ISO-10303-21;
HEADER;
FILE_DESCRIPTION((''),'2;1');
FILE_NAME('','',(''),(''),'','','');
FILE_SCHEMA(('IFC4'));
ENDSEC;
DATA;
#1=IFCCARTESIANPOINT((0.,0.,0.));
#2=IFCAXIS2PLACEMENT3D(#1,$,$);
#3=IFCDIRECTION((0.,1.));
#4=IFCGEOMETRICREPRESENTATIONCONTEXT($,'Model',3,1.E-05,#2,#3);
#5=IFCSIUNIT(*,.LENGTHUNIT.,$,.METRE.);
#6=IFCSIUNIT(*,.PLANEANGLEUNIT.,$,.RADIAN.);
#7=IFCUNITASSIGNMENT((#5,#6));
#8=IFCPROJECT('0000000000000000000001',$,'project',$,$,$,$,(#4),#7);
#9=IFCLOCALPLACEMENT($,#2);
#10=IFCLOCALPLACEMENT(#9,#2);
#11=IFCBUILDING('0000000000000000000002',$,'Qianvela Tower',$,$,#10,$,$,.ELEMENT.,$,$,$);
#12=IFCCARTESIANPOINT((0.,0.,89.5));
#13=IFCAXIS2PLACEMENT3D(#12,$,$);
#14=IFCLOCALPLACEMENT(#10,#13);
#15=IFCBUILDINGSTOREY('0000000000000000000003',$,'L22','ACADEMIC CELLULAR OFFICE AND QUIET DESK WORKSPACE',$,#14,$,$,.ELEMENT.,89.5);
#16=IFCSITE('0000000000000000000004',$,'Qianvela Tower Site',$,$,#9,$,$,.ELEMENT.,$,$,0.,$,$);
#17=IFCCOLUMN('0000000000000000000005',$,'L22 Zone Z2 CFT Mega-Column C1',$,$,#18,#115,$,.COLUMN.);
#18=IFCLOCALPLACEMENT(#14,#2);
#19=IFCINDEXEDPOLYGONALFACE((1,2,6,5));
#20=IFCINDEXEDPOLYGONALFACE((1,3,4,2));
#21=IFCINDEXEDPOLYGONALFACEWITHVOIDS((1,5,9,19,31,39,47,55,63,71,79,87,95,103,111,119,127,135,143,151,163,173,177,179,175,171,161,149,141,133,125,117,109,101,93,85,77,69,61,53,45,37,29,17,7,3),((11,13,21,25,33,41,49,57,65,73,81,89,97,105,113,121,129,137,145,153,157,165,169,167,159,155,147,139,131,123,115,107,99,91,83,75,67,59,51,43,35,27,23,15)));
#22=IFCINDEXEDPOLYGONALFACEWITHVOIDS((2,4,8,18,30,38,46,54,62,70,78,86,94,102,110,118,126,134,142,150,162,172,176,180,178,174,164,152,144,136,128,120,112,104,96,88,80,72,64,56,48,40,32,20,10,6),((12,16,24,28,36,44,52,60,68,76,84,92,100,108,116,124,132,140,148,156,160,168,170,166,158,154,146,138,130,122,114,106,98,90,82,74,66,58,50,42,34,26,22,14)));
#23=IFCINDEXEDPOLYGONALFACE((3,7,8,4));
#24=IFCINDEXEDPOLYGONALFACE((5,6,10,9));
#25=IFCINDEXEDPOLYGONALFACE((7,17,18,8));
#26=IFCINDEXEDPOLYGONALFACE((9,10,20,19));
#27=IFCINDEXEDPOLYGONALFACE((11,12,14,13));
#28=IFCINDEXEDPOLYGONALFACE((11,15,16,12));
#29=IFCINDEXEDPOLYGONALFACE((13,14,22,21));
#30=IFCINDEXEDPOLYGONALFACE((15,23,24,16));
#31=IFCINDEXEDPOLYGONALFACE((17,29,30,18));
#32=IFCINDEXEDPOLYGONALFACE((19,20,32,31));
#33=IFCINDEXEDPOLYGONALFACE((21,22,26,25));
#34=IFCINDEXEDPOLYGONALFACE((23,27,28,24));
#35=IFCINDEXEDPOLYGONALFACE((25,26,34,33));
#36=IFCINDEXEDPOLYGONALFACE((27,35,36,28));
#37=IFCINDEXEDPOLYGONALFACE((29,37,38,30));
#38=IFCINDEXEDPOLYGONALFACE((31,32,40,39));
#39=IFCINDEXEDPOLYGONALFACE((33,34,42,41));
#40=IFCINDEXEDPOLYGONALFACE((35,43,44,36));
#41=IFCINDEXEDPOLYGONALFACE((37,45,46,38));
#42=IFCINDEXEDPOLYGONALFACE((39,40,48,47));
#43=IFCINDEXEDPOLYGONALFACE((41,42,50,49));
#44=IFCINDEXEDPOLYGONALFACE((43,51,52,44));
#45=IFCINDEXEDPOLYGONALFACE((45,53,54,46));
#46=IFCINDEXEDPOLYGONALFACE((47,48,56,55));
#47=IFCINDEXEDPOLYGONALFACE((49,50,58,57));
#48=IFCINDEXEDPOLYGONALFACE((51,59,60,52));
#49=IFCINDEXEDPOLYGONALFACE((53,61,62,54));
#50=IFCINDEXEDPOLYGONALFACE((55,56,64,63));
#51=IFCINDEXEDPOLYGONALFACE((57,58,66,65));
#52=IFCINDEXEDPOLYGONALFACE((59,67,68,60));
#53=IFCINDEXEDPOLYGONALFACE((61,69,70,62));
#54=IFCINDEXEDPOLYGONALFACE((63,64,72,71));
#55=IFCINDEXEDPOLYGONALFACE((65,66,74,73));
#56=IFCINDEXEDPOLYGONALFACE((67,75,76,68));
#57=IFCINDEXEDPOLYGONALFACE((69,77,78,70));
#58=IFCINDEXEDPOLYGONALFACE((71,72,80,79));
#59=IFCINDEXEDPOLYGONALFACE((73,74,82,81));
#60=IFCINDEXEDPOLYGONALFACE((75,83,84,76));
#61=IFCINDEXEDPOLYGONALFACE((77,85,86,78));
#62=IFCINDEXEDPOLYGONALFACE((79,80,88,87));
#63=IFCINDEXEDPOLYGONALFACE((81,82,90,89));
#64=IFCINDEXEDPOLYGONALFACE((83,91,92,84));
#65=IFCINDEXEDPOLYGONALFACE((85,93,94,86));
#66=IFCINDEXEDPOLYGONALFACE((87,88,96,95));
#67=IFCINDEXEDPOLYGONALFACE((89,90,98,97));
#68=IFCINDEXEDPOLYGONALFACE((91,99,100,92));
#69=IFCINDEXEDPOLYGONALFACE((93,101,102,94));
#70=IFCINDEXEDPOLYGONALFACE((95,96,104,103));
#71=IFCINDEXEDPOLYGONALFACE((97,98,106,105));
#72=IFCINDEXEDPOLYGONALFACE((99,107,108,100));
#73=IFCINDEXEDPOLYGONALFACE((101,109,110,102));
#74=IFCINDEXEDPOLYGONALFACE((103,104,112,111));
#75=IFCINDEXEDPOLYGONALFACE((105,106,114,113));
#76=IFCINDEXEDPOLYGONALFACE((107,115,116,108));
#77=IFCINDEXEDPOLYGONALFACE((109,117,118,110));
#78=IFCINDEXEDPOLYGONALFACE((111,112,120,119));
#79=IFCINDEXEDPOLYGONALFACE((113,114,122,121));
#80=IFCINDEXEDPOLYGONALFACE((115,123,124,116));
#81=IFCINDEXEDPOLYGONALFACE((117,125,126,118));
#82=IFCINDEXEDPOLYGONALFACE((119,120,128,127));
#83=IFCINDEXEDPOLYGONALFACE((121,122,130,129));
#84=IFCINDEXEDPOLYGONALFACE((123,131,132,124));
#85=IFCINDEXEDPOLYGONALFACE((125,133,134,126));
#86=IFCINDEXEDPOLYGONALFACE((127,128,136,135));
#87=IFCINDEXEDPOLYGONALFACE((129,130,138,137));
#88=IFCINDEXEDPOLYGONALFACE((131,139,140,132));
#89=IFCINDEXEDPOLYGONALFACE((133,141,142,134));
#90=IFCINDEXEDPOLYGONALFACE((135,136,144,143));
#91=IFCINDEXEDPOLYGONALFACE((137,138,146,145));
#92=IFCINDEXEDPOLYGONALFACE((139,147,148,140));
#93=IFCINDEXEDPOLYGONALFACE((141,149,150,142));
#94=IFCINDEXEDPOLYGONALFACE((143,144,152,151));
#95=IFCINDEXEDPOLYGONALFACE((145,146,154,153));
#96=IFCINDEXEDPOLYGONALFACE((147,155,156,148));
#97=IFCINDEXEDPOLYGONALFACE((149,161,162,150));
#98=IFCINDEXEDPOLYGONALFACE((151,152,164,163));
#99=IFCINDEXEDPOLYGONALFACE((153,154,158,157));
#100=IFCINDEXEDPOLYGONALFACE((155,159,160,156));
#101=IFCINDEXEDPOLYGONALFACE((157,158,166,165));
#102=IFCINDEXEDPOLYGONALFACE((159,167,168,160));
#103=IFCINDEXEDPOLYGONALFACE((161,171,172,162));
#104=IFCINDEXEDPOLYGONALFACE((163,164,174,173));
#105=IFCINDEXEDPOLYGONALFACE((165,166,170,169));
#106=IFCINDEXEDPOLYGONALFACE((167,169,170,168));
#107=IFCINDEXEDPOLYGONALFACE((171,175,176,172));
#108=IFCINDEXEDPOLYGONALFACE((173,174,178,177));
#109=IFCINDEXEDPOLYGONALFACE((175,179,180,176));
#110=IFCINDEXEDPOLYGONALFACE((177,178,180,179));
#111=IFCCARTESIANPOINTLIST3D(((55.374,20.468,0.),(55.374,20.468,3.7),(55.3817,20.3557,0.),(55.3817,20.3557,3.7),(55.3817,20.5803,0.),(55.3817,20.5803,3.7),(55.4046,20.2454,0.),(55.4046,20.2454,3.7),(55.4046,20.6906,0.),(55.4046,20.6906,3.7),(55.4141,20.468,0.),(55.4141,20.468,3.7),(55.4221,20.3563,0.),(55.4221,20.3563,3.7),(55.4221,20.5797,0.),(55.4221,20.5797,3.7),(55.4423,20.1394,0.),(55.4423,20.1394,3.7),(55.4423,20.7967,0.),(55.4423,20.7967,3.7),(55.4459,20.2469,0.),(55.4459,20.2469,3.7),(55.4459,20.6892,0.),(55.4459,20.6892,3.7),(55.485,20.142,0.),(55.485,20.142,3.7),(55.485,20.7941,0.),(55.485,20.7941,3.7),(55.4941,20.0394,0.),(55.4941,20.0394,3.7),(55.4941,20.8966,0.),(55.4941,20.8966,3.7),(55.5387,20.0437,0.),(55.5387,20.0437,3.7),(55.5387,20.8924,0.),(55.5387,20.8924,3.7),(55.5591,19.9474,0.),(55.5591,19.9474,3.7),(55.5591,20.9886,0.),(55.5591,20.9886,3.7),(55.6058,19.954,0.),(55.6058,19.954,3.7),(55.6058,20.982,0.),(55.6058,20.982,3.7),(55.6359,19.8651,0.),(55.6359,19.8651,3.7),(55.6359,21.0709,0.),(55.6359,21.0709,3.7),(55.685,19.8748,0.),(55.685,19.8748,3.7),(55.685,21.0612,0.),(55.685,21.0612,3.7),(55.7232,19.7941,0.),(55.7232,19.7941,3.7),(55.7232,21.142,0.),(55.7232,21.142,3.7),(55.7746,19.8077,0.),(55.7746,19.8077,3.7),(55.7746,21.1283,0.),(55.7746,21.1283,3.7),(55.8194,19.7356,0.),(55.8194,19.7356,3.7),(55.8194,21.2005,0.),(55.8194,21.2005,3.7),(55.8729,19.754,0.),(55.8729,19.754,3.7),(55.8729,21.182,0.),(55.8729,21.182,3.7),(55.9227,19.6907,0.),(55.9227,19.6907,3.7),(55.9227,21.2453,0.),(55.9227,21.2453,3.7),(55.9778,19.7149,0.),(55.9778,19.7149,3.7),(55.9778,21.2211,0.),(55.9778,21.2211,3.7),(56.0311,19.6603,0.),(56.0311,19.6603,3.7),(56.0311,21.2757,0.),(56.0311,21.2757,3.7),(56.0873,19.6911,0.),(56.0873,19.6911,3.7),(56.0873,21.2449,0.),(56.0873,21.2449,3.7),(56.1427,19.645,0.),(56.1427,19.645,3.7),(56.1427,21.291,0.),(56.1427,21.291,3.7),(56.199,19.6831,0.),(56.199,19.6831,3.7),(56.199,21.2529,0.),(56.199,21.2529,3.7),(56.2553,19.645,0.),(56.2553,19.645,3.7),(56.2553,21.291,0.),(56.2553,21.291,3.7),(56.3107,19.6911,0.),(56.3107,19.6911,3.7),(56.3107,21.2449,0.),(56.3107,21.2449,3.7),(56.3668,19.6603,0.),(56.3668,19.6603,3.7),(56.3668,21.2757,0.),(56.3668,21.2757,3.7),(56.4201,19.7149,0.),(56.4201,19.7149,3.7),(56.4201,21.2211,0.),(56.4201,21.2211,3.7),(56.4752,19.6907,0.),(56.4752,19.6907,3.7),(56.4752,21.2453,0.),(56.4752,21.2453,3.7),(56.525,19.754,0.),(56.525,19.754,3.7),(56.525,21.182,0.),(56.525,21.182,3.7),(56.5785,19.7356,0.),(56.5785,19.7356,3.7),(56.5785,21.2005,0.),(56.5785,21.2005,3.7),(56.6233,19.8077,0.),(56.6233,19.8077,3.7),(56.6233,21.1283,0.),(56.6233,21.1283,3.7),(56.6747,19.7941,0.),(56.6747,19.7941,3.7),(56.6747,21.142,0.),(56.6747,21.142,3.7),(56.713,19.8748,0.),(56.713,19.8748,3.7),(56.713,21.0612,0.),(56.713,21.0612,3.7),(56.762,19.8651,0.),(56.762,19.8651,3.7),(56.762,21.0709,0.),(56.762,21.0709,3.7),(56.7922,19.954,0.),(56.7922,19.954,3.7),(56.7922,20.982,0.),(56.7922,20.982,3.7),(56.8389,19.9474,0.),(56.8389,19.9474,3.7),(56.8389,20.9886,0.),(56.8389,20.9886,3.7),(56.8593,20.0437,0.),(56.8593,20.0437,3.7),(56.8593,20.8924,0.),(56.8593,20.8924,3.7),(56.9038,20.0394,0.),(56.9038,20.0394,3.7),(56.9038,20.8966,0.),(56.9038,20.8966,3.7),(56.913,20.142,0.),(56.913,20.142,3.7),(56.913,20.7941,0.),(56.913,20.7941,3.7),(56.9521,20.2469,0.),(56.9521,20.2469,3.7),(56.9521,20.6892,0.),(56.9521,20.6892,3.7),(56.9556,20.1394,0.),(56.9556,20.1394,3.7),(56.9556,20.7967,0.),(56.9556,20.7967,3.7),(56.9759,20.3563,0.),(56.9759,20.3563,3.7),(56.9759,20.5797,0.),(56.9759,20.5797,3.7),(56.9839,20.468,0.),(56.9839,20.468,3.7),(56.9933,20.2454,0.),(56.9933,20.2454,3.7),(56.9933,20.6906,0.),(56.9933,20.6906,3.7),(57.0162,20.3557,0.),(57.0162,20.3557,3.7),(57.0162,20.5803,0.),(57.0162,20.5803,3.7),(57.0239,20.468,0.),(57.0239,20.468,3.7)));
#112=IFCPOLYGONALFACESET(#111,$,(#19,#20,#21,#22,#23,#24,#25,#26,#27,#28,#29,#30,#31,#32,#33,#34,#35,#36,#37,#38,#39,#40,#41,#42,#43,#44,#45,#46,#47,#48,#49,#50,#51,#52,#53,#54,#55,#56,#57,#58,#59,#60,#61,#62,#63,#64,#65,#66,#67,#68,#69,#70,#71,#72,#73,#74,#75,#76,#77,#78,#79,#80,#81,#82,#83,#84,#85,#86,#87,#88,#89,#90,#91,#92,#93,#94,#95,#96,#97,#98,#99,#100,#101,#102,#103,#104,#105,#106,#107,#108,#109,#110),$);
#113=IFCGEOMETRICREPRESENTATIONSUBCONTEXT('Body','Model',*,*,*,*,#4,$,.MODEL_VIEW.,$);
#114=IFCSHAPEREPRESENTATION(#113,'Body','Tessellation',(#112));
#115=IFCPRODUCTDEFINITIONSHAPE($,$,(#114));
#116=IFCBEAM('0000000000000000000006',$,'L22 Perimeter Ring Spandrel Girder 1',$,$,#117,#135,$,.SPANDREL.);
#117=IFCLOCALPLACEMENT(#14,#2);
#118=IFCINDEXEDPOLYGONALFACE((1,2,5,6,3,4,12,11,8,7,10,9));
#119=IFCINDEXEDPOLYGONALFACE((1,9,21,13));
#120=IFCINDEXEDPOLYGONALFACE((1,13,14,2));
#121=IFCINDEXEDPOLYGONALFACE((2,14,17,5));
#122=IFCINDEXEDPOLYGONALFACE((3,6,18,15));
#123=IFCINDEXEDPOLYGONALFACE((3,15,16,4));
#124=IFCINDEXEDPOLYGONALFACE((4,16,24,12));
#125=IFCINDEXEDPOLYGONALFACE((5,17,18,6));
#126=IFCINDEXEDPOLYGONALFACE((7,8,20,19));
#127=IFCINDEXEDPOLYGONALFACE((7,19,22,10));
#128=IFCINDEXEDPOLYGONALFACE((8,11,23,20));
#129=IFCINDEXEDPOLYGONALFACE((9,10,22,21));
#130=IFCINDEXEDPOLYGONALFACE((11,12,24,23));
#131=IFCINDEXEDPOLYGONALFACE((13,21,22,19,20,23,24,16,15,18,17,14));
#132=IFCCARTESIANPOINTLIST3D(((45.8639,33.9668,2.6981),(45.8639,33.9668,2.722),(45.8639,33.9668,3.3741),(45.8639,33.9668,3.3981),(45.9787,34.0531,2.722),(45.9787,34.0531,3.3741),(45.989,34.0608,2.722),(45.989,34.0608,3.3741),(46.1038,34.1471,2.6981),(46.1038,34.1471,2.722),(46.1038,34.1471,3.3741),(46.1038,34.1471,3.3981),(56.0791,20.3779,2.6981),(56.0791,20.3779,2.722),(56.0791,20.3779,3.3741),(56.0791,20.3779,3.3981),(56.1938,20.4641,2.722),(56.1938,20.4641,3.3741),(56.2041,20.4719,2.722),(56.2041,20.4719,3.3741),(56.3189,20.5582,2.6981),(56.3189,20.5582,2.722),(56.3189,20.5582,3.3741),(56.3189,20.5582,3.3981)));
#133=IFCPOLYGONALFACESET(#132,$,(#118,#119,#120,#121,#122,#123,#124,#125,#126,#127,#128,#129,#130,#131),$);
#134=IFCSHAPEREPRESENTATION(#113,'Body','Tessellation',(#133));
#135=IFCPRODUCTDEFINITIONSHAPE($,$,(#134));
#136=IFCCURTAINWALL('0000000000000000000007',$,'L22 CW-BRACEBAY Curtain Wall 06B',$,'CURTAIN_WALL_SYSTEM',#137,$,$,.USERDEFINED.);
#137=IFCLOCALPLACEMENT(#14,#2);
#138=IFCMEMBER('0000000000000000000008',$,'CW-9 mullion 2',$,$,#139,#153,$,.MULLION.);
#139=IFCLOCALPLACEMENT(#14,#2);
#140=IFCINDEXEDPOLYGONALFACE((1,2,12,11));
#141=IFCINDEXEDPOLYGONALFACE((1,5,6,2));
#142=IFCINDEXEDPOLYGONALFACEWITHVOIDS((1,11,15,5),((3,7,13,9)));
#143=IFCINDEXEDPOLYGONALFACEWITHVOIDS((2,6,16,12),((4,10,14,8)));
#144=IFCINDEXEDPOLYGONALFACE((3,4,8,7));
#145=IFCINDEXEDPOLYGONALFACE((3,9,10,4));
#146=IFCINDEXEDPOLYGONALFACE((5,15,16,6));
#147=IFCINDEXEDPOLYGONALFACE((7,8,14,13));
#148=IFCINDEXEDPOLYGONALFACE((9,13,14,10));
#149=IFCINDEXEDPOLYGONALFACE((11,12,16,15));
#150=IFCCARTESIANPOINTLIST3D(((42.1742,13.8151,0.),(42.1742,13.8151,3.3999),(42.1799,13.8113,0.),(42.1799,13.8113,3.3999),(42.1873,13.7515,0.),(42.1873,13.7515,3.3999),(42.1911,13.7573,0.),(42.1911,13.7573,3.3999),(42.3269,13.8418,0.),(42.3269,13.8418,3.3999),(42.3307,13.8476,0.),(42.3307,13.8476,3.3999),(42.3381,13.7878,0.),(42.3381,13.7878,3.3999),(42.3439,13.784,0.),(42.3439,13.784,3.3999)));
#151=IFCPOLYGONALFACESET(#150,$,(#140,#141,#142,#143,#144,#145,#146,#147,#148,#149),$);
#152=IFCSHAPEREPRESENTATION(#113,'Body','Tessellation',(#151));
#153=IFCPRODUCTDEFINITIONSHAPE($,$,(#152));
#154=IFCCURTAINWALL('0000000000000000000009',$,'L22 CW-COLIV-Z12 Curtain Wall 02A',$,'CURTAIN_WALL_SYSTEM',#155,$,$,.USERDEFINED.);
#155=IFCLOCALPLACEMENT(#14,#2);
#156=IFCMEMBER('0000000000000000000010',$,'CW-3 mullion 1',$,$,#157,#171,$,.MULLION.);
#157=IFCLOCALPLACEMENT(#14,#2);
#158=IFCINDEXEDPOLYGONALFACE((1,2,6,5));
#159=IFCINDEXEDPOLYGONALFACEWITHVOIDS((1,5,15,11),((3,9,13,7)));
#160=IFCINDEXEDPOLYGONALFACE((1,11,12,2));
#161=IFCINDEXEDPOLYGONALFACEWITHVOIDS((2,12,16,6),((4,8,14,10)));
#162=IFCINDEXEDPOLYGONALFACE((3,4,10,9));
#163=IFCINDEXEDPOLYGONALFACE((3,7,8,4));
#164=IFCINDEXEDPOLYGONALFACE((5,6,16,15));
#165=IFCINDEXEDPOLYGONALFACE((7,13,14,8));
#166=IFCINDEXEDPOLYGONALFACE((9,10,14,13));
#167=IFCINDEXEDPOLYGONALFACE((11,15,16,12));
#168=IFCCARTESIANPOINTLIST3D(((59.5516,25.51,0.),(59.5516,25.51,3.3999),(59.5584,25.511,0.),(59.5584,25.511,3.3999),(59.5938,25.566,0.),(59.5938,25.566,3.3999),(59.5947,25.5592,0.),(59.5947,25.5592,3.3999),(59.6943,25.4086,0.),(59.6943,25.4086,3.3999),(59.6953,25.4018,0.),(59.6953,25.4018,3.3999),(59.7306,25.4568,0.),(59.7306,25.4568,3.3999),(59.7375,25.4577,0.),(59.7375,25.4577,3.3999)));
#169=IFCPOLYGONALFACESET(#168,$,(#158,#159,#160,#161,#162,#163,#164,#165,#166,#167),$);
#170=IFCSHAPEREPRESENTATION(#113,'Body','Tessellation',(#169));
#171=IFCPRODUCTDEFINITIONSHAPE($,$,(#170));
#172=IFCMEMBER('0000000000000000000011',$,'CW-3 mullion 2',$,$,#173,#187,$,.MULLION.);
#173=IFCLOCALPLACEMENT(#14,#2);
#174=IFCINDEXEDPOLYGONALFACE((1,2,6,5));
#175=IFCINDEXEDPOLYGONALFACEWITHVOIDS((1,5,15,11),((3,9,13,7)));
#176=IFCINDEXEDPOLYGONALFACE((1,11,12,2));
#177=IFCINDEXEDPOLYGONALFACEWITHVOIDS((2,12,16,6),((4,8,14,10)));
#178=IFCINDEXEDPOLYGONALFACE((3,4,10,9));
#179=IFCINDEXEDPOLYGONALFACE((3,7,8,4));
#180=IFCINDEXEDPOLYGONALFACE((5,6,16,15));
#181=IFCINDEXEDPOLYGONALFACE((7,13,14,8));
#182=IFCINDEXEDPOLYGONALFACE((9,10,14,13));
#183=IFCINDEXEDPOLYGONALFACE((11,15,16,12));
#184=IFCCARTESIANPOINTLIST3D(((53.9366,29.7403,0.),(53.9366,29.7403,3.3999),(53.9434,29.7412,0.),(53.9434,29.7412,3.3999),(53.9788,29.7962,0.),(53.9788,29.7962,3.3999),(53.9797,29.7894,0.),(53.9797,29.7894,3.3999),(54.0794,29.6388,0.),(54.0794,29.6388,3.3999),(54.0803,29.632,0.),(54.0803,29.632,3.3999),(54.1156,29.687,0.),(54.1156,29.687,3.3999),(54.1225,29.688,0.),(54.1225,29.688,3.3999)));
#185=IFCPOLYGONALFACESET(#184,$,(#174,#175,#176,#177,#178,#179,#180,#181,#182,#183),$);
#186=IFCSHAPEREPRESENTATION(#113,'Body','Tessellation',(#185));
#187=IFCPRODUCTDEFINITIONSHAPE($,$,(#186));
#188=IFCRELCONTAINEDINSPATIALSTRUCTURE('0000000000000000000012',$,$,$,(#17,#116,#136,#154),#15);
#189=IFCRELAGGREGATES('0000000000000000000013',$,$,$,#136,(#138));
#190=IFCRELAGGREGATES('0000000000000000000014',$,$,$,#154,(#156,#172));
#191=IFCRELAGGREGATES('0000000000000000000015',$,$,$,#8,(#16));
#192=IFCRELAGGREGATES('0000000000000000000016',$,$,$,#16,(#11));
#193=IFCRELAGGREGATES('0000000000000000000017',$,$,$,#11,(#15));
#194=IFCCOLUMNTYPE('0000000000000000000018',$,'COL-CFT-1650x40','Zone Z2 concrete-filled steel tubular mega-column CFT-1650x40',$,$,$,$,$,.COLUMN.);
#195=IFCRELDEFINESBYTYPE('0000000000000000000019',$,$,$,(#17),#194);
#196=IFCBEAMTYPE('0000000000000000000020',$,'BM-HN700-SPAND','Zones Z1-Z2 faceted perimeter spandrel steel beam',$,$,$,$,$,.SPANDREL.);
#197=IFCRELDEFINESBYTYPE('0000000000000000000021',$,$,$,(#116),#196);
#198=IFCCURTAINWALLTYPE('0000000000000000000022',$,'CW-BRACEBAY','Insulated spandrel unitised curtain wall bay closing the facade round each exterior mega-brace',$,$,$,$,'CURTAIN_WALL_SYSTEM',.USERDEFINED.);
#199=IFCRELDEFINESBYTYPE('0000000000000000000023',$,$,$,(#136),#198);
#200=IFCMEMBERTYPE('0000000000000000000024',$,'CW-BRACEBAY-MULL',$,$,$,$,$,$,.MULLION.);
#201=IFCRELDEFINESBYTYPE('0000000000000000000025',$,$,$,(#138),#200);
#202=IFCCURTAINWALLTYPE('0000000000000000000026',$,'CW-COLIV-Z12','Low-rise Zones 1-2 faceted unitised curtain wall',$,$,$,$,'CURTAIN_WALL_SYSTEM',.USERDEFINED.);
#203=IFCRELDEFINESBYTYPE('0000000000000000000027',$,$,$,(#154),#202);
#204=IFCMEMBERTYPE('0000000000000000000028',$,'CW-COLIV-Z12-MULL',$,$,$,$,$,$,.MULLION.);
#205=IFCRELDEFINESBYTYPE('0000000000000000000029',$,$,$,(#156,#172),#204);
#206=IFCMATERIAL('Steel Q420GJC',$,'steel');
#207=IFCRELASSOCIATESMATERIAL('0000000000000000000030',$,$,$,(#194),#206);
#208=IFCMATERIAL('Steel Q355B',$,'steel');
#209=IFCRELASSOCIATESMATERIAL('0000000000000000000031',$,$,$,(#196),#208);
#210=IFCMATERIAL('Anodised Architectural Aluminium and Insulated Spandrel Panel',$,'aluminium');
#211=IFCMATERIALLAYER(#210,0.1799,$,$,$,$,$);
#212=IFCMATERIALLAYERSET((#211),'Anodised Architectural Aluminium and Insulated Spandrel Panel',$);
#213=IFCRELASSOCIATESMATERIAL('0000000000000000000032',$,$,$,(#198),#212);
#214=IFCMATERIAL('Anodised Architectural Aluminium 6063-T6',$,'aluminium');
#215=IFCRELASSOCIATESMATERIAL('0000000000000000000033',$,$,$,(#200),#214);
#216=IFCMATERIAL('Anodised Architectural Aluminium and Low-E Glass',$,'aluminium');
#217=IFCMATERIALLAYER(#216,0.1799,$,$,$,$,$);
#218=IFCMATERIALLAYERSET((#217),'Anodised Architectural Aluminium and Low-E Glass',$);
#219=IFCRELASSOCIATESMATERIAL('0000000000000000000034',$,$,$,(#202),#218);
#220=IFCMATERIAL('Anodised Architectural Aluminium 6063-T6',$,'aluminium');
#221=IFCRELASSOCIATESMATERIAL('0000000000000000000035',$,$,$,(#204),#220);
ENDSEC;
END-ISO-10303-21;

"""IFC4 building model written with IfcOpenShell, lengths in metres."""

from ifc_helpers import new_model, si_unit, direction, frame, origin, origin_2d, place, context, subcontext, project, spatial, hollow_rectangle, hollow_circle, i_section, extrude, material, layer, layer_set, material_profile, profile_set, type_object, element, aggregate, save


model = new_model("IFC4")

# Units and contexts
model_context = context("Model", 3, precision=1e-05, world=origin(), true_north=direction((0.0, 1.0)))
body_context = subcontext(model_context, "Body", "Model", "MODEL_VIEW")
ifc_project = project(units=[si_unit("LENGTHUNIT", "METRE"), si_unit("PLANEANGLEUNIT", "RADIAN")], contexts=[model_context])

# Site, building, storey
site_placement = place(None, origin())
site = spatial("IfcSite", under=ifc_project, at=site_placement, Name="Qianvela Tower Site", CompositionType="ELEMENT", RefElevation=0.0)
building_placement = place(site_placement, origin())
building = spatial("IfcBuilding", under=site, at=building_placement, Name="Qianvela Tower", CompositionType="ELEMENT")
storey_placement = place(building_placement, frame((0.0, 0.0, 89.5)))
storey = spatial("IfcBuildingStorey", under=building, at=storey_placement, Name="L22", Description="ACADEMIC CELLULAR OFFICE AND QUIET DESK WORKSPACE", CompositionType="ELEMENT", Elevation=89.5)

# Column
ifc_material_1 = material(Name="Steel Q420GJC", Category="steel")
ifc_material_profile_1 = material_profile(ifc_material_1, hollow_circle(Radius=0.825, WallThickness=0.04, at=origin_2d()), Name="CFT-1650x40")
ifc_profile_set_1 = profile_set([ifc_material_profile_1], Name="Steel Q420GJC")
column_type = type_object("IfcColumnType", Name="COL-CFT-1650x40", Description="Zone Z2 concrete-filled steel tubular mega-column CFT-1650x40", PredefinedType="COLUMN", material=ifc_profile_set_1)
column_placement = place(storey_placement, frame((56.199, 20.468, 0.0), z_axis=(0.0, 0.0, 1.0), x_axis=(1.0, 0.0, 0.0)))
element("IfcColumn", 1, at=column_placement, inside=storey, type_object=column_type, Name="L22 Zone Z2 CFT Mega-Column C1", PredefinedType="COLUMN", context=body_context, shape_type="SweptSolid", body=[
    extrude(hollow_circle(Radius=0.825, WallThickness=0.04, at=origin_2d()), origin(), (0.0, 0.0, 1.0), 3.7),
])

# Beam
ifc_material_2 = material(Name="Steel Q355B", Category="steel")
ifc_material_profile_2 = material_profile(ifc_material_2, i_section(OverallWidth=0.3, OverallDepth=0.7, WebThickness=0.0129, FlangeThickness=0.0239, at=origin_2d()), Name="HN700x300x13x24")
ifc_profile_set_2 = profile_set([ifc_material_profile_2], Name="Steel Q355B")
beam_type = type_object("IfcBeamType", Name="BM-HN700-SPAND", Description="Zones Z1-Z2 faceted perimeter spandrel steel beam", PredefinedType="SPANDREL", material=ifc_profile_set_2)
beam_placement = place(storey_placement, frame((56.199, 20.468, 3.0481), z_axis=(-0.600882, 0.799338, 0.0), x_axis=(-0.799338, -0.600882, 0.0)))
element("IfcBeam", 2, at=beam_placement, inside=storey, type_object=beam_type, Name="L22 Perimeter Ring Spandrel Girder 1", PredefinedType="SPANDREL", context=body_context, shape_type="SweptSolid", body=[
    extrude(i_section(OverallWidth=0.3, OverallDepth=0.7, WebThickness=0.0129, FlangeThickness=0.0239, at=origin_2d()), origin(), (0.0, 0.0, 1.0), 17.0002),
])

# Curtain wall, member
ifc_material_3 = material(Name="Anodised Architectural Aluminium and Insulated Spandrel Panel", Category="aluminium")
ifc_layer_1 = layer(ifc_material_3, 0.1799)
ifc_layer_set_1 = layer_set([ifc_layer_1], Name="Anodised Architectural Aluminium and Insulated Spandrel Panel")
curtain_wall_type_1 = type_object("IfcCurtainWallType", Name="CW-BRACEBAY", Description="Insulated spandrel unitised curtain wall bay closing the facade round each exterior mega-brace", ElementType="CURTAIN_WALL_SYSTEM", PredefinedType="USERDEFINED", material=ifc_layer_set_1)
curtain_wall_1_placement = place(storey_placement, origin())
curtain_wall_1 = element("IfcCurtainWall", 3, at=curtain_wall_1_placement, inside=storey, type_object=curtain_wall_type_1, Name="L22 CW-BRACEBAY Curtain Wall 06B", ObjectType="CURTAIN_WALL_SYSTEM", PredefinedType="USERDEFINED")
ifc_material_4 = material(Name="Anodised Architectural Aluminium 6063-T6", Category="aluminium")
ifc_material_profile_3 = material_profile(ifc_material_4, hollow_rectangle(XDim=0.0649, YDim=0.1599, WallThickness=0.0049, at=origin_2d()), Name="ALU-MULL-65x160")
ifc_profile_set_3 = profile_set([ifc_material_profile_3], Name="Anodised Architectural Aluminium 6063-T6")
member_type_1 = type_object("IfcMemberType", Name="CW-BRACEBAY-MULL", PredefinedType="MULLION", material=ifc_profile_set_3)
member_1_placement = place(storey_placement, frame((42.259, 13.7996, 0.0), z_axis=(0.0, 0.0, 1.0), x_axis=(-0.203008, 0.979177, 0.0)))
member_1 = element("IfcMember", 4, at=member_1_placement, type_object=member_type_1, Name="CW-9 mullion 2", PredefinedType="MULLION", context=body_context, shape_type="SweptSolid", body=[
    extrude(hollow_rectangle(XDim=0.0649, YDim=0.1599, WallThickness=0.0049, at=origin_2d()), origin(), (0.0, 0.0, 1.0), 3.3999),
])
aggregate(curtain_wall_1, [member_1])

# Curtain wall, members
ifc_material_5 = material(Name="Anodised Architectural Aluminium and Low-E Glass", Category="aluminium")
ifc_layer_2 = layer(ifc_material_5, 0.1799)
ifc_layer_set_2 = layer_set([ifc_layer_2], Name="Anodised Architectural Aluminium and Low-E Glass")
curtain_wall_type_2 = type_object("IfcCurtainWallType", Name="CW-COLIV-Z12", Description="Low-rise Zones 1-2 faceted unitised curtain wall", ElementType="CURTAIN_WALL_SYSTEM", PredefinedType="USERDEFINED", material=ifc_layer_set_2)
curtain_wall_2_placement = place(storey_placement, origin())
curtain_wall_2 = element("IfcCurtainWall", 5, at=curtain_wall_2_placement, inside=storey, type_object=curtain_wall_type_2, Name="L22 CW-COLIV-Z12 Curtain Wall 02A", ObjectType="CURTAIN_WALL_SYSTEM", PredefinedType="USERDEFINED")
ifc_material_6 = material(Name="Anodised Architectural Aluminium 6063-T6", Category="aluminium")
ifc_material_profile_4 = material_profile(ifc_material_6, hollow_rectangle(XDim=0.0701, YDim=0.1799, WallThickness=0.0049, at=origin_2d()), Name="ALU-MULL-70x180")
ifc_profile_set_4 = profile_set([ifc_material_profile_4], Name="Anodised Architectural Aluminium 6063-T6")
member_type_2 = type_object("IfcMemberType", Name="CW-COLIV-Z12-MULL", PredefinedType="MULLION", material=ifc_profile_set_4)
member_2_placement = place(storey_placement, frame((59.6445, 25.4839, 0.0), z_axis=(0.0, 0.0, 1.0), x_axis=(-0.601718, -0.798709, 0.0)))
member_2 = element("IfcMember", 6, at=member_2_placement, type_object=member_type_2, Name="CW-3 mullion 1", PredefinedType="MULLION", context=body_context, shape_type="SweptSolid", body=[
    extrude(hollow_rectangle(XDim=0.0701, YDim=0.1799, WallThickness=0.0049, at=origin_2d()), origin(), (0.0, 0.0, 1.0), 3.3999),
])
member_3_placement = place(storey_placement, frame((54.0295, 29.7141, 0.0), z_axis=(0.0, 0.0, 1.0), x_axis=(-0.601718, -0.798709, 0.0)))
member_3 = element("IfcMember", 7, at=member_3_placement, type_object=member_type_2, Name="CW-3 mullion 2", PredefinedType="MULLION", context=body_context, shape_type="SweptSolid", body=[
    extrude(hollow_rectangle(XDim=0.0701, YDim=0.1799, WallThickness=0.0049, at=origin_2d()), origin(), (0.0, 0.0, 1.0), 3.3999),
])

aggregate(curtain_wall_2, [member_2, member_3])

save(model, "model.ifc")
